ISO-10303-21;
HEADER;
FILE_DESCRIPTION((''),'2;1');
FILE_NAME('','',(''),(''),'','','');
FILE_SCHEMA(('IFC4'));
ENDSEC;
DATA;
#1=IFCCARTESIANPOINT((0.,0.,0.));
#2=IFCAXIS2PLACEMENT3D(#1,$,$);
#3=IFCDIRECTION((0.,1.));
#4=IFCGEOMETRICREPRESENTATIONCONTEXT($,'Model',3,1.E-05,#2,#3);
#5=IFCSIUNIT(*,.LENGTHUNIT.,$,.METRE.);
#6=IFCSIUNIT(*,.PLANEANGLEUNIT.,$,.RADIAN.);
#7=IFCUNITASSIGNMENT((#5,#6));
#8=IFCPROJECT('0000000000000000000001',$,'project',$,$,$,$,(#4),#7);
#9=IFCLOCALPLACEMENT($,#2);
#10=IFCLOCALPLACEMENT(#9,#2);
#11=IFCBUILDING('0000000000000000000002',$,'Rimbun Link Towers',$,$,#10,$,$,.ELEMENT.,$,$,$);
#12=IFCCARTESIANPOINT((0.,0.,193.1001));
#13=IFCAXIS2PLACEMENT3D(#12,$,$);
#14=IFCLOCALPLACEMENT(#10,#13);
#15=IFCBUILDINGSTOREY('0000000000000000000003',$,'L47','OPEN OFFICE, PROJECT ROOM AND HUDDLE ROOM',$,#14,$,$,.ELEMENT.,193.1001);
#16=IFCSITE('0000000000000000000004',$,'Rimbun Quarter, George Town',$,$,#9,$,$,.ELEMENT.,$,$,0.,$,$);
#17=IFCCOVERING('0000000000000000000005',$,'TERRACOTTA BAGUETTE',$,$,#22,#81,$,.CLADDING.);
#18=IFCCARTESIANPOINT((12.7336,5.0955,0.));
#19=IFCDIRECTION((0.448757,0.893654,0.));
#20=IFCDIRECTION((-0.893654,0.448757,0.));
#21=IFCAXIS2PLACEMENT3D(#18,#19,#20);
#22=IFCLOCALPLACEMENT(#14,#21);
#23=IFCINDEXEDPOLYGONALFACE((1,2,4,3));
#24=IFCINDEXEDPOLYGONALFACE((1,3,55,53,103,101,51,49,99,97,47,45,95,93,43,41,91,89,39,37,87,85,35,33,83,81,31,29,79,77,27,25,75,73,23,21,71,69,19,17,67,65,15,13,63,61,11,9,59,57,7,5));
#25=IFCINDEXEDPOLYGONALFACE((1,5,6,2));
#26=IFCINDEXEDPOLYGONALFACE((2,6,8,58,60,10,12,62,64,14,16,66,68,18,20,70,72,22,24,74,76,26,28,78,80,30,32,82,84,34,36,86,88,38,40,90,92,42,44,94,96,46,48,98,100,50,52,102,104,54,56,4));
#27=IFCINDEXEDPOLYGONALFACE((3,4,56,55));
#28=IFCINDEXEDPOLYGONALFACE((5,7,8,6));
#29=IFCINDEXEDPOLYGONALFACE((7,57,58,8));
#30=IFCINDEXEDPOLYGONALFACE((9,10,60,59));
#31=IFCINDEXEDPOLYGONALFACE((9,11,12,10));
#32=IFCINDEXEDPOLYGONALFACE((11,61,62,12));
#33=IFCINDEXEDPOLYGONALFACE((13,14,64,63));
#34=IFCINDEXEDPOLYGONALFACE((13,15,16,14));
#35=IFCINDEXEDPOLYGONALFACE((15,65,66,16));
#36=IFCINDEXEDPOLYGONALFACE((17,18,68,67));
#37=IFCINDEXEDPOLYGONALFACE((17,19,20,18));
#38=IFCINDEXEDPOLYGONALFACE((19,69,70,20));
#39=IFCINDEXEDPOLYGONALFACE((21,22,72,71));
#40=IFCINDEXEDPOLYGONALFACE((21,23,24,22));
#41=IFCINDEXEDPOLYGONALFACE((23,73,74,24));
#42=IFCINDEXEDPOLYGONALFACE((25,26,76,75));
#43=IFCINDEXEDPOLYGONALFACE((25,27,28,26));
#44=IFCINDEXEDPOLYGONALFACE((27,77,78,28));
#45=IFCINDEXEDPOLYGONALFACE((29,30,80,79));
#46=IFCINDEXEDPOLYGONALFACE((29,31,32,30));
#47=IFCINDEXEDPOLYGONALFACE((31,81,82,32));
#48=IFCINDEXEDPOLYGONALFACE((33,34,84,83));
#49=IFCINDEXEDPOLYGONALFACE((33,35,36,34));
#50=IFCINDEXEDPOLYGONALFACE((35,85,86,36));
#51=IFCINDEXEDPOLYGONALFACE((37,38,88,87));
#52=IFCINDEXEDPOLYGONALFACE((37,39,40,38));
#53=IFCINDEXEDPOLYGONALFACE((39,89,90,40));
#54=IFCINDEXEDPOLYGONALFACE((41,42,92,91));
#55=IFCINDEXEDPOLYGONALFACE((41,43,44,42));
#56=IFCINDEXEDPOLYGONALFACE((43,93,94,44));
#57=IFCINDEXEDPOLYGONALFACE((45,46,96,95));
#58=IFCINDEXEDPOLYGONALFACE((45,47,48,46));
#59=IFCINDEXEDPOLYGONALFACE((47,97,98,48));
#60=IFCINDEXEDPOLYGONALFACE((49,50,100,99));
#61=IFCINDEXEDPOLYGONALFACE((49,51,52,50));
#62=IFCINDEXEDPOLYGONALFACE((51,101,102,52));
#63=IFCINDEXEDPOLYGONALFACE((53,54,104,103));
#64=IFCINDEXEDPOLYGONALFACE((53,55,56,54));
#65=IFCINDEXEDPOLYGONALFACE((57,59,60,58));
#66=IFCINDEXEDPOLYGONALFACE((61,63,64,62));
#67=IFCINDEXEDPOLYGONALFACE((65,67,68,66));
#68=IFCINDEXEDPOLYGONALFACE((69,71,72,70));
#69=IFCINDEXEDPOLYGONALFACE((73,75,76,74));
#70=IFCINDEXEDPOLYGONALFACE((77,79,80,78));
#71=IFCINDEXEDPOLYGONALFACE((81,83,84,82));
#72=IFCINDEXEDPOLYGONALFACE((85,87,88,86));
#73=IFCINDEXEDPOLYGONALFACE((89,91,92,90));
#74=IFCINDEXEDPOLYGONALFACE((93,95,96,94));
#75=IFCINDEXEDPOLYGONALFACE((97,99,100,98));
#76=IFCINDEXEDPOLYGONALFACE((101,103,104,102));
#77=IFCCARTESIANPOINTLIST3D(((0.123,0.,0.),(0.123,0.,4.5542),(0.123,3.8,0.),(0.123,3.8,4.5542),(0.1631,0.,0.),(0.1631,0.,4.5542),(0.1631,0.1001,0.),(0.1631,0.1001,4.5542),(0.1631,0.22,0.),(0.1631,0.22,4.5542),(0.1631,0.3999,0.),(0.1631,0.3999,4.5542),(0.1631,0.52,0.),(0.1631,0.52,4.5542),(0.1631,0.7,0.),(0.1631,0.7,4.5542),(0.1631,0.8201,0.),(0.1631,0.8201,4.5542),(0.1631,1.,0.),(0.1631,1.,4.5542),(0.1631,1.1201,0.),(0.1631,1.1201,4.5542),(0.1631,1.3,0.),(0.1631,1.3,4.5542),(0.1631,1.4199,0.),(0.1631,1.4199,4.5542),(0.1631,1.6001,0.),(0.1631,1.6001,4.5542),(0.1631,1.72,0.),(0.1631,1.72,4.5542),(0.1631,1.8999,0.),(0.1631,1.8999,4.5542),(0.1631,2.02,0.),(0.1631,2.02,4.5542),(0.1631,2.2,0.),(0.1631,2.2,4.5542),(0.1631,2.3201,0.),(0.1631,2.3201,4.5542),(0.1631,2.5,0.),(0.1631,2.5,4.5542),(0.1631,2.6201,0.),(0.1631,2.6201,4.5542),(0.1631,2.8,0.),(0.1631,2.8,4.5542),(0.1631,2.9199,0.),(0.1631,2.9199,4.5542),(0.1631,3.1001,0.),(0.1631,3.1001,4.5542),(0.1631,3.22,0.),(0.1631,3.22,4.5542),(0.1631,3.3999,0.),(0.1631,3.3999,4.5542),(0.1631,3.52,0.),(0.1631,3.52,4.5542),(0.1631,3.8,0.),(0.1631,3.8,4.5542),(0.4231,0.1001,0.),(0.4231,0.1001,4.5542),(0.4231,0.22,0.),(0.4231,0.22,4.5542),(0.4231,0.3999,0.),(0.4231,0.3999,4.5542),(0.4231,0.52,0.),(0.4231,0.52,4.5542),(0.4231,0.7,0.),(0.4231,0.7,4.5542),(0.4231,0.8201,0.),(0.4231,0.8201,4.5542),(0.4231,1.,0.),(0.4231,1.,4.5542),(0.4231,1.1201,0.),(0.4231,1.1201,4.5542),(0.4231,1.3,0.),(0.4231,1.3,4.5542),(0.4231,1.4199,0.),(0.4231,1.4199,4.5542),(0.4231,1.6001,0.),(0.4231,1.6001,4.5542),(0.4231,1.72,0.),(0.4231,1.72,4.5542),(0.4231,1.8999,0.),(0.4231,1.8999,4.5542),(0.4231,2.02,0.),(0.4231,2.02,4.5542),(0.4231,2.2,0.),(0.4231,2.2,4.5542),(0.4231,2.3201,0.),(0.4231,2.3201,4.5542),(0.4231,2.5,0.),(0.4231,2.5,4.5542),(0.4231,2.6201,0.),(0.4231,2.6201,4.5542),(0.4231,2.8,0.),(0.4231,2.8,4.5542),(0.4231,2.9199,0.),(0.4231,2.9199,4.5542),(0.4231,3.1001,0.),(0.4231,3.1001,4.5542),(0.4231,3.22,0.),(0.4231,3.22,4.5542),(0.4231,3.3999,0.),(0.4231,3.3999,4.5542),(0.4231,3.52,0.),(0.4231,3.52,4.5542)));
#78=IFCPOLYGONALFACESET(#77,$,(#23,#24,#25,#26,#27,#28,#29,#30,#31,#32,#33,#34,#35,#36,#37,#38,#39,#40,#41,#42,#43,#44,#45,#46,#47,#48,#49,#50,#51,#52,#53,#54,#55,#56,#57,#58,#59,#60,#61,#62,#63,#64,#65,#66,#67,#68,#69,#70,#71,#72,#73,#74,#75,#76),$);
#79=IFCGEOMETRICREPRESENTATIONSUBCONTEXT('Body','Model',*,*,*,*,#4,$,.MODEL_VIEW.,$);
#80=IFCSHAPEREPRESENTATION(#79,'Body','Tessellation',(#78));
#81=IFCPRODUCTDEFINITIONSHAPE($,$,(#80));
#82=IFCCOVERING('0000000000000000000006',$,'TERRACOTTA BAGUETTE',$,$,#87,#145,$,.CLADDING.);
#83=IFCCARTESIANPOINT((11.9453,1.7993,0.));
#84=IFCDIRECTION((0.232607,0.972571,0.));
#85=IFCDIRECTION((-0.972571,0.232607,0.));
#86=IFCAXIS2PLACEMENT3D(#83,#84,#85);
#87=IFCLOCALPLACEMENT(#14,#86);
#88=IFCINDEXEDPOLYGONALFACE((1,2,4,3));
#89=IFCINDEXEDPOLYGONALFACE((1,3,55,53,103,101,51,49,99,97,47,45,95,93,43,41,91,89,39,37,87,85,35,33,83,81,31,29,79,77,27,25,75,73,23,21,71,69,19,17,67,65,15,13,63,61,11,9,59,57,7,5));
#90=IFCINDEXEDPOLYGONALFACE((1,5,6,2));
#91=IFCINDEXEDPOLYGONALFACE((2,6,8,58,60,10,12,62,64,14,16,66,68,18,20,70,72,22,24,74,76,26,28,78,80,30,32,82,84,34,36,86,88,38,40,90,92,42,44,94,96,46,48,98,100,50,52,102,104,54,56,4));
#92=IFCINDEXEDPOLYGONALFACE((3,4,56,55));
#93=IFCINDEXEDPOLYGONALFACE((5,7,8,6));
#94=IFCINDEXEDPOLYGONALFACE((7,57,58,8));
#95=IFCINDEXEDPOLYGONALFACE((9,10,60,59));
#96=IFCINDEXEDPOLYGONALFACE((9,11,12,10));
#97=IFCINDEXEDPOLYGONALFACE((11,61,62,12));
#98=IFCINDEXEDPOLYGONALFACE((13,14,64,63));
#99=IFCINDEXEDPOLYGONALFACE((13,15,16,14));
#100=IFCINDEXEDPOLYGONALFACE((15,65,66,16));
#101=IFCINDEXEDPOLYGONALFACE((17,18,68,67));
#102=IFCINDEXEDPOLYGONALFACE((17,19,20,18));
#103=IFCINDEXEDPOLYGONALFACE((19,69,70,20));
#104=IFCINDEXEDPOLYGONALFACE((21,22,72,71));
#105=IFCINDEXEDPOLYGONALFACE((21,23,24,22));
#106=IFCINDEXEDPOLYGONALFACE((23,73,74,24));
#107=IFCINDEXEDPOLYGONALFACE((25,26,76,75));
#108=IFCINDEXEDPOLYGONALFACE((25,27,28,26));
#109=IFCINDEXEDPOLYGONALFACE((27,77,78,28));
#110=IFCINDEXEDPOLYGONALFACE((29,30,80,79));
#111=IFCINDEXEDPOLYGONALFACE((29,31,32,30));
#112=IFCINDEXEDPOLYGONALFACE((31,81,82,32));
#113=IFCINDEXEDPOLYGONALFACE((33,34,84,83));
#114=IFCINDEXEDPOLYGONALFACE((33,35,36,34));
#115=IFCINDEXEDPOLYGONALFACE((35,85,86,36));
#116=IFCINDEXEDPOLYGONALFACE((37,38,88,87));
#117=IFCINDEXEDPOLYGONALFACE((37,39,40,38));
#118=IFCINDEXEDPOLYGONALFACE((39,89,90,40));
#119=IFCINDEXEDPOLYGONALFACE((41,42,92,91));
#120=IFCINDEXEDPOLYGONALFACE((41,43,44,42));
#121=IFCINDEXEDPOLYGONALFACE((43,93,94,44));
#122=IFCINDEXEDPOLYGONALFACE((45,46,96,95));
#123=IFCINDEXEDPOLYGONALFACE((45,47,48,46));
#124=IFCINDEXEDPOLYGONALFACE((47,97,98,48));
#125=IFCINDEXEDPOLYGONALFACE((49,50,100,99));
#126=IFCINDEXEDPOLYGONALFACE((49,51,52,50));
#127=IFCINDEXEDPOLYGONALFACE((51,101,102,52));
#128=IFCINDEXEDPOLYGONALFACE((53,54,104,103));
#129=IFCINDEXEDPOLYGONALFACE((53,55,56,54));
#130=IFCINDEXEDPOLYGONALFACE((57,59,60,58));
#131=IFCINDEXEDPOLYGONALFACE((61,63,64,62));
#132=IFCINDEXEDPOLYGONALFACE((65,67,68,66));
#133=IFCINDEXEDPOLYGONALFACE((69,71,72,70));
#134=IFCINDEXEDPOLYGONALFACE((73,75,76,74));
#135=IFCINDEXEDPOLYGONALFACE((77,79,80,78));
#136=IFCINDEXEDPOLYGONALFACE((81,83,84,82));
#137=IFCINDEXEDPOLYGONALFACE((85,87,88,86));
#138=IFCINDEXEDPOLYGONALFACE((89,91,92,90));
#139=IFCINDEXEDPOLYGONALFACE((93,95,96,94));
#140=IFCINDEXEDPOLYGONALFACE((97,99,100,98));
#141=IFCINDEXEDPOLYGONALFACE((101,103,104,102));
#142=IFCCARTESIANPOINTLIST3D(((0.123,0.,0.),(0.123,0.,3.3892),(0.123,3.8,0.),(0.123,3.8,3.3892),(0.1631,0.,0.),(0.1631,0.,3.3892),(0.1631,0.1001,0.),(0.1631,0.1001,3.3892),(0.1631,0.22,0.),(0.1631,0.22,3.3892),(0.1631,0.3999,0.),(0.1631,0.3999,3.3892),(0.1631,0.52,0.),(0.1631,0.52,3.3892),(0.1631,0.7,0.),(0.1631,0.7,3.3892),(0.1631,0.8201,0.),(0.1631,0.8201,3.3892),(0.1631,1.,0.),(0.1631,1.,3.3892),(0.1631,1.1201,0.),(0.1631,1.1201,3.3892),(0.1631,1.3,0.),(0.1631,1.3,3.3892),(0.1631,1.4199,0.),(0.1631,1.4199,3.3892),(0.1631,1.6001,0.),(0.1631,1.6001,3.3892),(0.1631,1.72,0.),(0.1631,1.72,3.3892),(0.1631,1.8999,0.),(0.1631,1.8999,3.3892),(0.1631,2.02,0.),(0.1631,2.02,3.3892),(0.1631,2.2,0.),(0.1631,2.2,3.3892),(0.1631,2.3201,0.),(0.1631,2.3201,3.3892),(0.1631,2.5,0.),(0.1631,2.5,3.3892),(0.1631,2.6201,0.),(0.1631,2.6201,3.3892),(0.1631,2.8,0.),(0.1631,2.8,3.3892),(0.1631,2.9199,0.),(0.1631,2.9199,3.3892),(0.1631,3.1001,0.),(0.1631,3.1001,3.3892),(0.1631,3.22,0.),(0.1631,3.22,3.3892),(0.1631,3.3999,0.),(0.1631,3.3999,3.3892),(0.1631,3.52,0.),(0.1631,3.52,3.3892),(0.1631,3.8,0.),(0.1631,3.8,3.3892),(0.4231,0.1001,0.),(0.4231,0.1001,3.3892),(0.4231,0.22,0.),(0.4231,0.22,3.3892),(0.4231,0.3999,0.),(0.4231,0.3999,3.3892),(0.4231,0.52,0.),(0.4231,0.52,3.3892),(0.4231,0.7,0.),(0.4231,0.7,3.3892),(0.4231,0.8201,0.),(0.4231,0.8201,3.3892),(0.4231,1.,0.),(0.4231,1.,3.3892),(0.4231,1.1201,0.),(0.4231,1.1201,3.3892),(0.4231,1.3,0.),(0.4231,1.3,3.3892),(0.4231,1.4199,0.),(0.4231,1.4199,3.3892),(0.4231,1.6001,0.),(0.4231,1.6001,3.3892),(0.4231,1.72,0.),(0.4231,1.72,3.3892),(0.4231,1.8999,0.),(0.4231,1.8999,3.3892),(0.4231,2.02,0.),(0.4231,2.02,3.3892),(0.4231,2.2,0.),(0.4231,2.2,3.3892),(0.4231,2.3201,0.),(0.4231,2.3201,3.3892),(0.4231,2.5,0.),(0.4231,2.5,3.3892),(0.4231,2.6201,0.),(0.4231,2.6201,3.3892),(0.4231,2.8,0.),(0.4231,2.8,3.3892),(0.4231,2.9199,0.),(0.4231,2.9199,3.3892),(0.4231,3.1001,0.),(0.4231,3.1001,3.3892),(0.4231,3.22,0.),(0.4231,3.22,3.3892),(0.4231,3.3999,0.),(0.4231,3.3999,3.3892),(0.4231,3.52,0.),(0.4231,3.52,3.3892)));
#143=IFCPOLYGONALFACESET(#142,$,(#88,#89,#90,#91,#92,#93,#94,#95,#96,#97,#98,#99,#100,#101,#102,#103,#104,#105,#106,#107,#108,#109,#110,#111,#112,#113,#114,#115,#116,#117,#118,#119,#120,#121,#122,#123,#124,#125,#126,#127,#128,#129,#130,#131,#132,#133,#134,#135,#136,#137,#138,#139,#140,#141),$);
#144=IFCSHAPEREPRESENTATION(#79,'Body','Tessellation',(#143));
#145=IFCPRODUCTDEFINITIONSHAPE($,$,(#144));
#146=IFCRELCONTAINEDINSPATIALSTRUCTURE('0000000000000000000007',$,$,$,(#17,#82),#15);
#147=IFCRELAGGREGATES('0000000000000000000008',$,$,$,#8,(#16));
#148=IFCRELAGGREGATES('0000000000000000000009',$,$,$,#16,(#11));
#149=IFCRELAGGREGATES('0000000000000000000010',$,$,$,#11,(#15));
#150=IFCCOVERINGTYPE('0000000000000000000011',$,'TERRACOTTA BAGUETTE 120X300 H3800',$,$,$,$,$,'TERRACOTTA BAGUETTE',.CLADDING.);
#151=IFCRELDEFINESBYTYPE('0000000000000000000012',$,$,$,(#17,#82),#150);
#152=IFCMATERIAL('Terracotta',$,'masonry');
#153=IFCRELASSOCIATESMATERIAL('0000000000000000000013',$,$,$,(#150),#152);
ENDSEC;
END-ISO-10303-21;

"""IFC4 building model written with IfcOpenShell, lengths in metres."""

from ifc_helpers import new_model, si_unit, direction, frame, origin, place, context, subcontext, project, spatial, polyline, outline, extrude, material, material_profile, profile_set, type_object, element, save


model = new_model("IFC4")

# Units and contexts
model_context = context("Model", 3, precision=1e-05, world=origin(), true_north=direction((0.0, 1.0)))
body_context = subcontext(model_context, "Body", "Model", "MODEL_VIEW")
ifc_project = project(units=[si_unit("LENGTHUNIT", "METRE"), si_unit("PLANEANGLEUNIT", "RADIAN")], contexts=[model_context])

# Site, building, storey
site_placement = place(None, origin())
site = spatial("IfcSite", under=ifc_project, at=site_placement, Name="Rimbun Quarter, George Town", CompositionType="ELEMENT", RefElevation=0.0)
building_placement = place(site_placement, origin())
building = spatial("IfcBuilding", under=site, at=building_placement, Name="Rimbun Link Towers", CompositionType="ELEMENT")
storey_placement = place(building_placement, frame((0.0, 0.0, 193.1001)))
storey = spatial("IfcBuildingStorey", under=building, at=storey_placement, Name="L47", Description="OPEN OFFICE, PROJECT ROOM AND HUDDLE ROOM", CompositionType="ELEMENT", Elevation=193.1001)

# Coverings
ifc_material_1 = material(Name="Terracotta", Category="masonry")
ifc_material_profile_1 = material_profile(ifc_material_1, outline(polyline([(0.123, 0.0), (0.1631, 0.0), (0.1631, 0.1001), (0.4231, 0.1001), (0.4231, 0.22), (0.1631, 0.22), (0.1631, 0.3999), (0.4231, 0.3999), (0.4231, 0.52), (0.1631, 0.52), (0.1631, 0.7), (0.4231, 0.7), (0.4231, 0.8201), (0.1631, 0.8201), (0.1631, 1.0), (0.4231, 1.0), (0.4231, 1.1201), (0.1631, 1.1201), (0.1631, 1.3), (0.4231, 1.3), (0.4231, 1.4199), (0.1631, 1.4199), (0.1631, 1.6001), (0.4231, 1.6001), (0.4231, 1.72), (0.1631, 1.72), (0.1631, 1.8999), (0.4231, 1.8999), (0.4231, 2.02), (0.1631, 2.02), (0.1631, 2.2), (0.4231, 2.2), (0.4231, 2.3201), (0.1631, 2.3201), (0.1631, 2.5), (0.4231, 2.5), (0.4231, 2.6201), (0.1631, 2.6201), (0.1631, 2.8), (0.4231, 2.8), (0.4231, 2.9199), (0.1631, 2.9199), (0.1631, 3.1001), (0.4231, 3.1001), (0.4231, 3.22), (0.1631, 3.22), (0.1631, 3.3999), (0.4231, 3.3999), (0.4231, 3.52), (0.1631, 3.52), (0.1631, 3.8), (0.123, 3.8), (0.123, 0.0)])), Name="BAGUETTE 120X300")
ifc_profile_set_1 = profile_set([ifc_material_profile_1], Name="Terracotta")
covering_type = type_object("IfcCoveringType", Name="TERRACOTTA BAGUETTE 120X300 H3800", ElementType="TERRACOTTA BAGUETTE", PredefinedType="CLADDING", material=ifc_profile_set_1)
covering_1_placement = place(storey_placement, frame((12.7336, 5.0955, 0.0), z_axis=(0.448757, 0.893654, 0.0), x_axis=(-0.893654, 0.448757, 0.0)))
element("IfcCovering", 1, at=covering_1_placement, inside=storey, type_object=covering_type, Name="TERRACOTTA BAGUETTE", PredefinedType="CLADDING", context=body_context, shape_type="SweptSolid", body=[
    extrude(outline(polyline([(0.123, 0.0), (0.1631, 0.0), (0.1631, 0.1001), (0.4231, 0.1001), (0.4231, 0.22), (0.1631, 0.22), (0.1631, 0.3999), (0.4231, 0.3999), (0.4231, 0.52), (0.1631, 0.52), (0.1631, 0.7), (0.4231, 0.7), (0.4231, 0.8201), (0.1631, 0.8201), (0.1631, 1.0), (0.4231, 1.0), (0.4231, 1.1201), (0.1631, 1.1201), (0.1631, 1.3), (0.4231, 1.3), (0.4231, 1.4199), (0.1631, 1.4199), (0.1631, 1.6001), (0.4231, 1.6001), (0.4231, 1.72), (0.1631, 1.72), (0.1631, 1.8999), (0.4231, 1.8999), (0.4231, 2.02), (0.1631, 2.02), (0.1631, 2.2), (0.4231, 2.2), (0.4231, 2.3201), (0.1631, 2.3201), (0.1631, 2.5), (0.4231, 2.5), (0.4231, 2.6201), (0.1631, 2.6201), (0.1631, 2.8), (0.4231, 2.8), (0.4231, 2.9199), (0.1631, 2.9199), (0.1631, 3.1001), (0.4231, 3.1001), (0.4231, 3.22), (0.1631, 3.22), (0.1631, 3.3999), (0.4231, 3.3999), (0.4231, 3.52), (0.1631, 3.52), (0.1631, 3.8), (0.123, 3.8), (0.123, 0.0)])), origin(), (0.0, 0.0, 1.0), 4.5542),
])
covering_2_placement = place(storey_placement, frame((11.9453, 1.7993, 0.0), z_axis=(0.232607, 0.972571, 0.0), x_axis=(-0.972571, 0.232607, 0.0)))
element("IfcCovering", 2, at=covering_2_placement, inside=storey, type_object=covering_type, Name="TERRACOTTA BAGUETTE", PredefinedType="CLADDING", context=body_context, shape_type="SweptSolid", body=[
    extrude(outline(polyline([(0.123, 0.0), (0.1631, 0.0), (0.1631, 0.1001), (0.4231, 0.1001), (0.4231, 0.22), (0.1631, 0.22), (0.1631, 0.3999), (0.4231, 0.3999), (0.4231, 0.52), (0.1631, 0.52), (0.1631, 0.7), (0.4231, 0.7), (0.4231, 0.8201), (0.1631, 0.8201), (0.1631, 1.0), (0.4231, 1.0), (0.4231, 1.1201), (0.1631, 1.1201), (0.1631, 1.3), (0.4231, 1.3), (0.4231, 1.4199), (0.1631, 1.4199), (0.1631, 1.6001), (0.4231, 1.6001), (0.4231, 1.72), (0.1631, 1.72), (0.1631, 1.8999), (0.4231, 1.8999), (0.4231, 2.02), (0.1631, 2.02), (0.1631, 2.2), (0.4231, 2.2), (0.4231, 2.3201), (0.1631, 2.3201), (0.1631, 2.5), (0.4231, 2.5), (0.4231, 2.6201), (0.1631, 2.6201), (0.1631, 2.8), (0.4231, 2.8), (0.4231, 2.9199), (0.1631, 2.9199), (0.1631, 3.1001), (0.4231, 3.1001), (0.4231, 3.22), (0.1631, 3.22), (0.1631, 3.3999), (0.4231, 3.3999), (0.4231, 3.52), (0.1631, 3.52), (0.1631, 3.8), (0.123, 3.8), (0.123, 0.0)])), origin(), (0.0, 0.0, 1.0), 3.3892),
])

save(model, "model.ifc")
